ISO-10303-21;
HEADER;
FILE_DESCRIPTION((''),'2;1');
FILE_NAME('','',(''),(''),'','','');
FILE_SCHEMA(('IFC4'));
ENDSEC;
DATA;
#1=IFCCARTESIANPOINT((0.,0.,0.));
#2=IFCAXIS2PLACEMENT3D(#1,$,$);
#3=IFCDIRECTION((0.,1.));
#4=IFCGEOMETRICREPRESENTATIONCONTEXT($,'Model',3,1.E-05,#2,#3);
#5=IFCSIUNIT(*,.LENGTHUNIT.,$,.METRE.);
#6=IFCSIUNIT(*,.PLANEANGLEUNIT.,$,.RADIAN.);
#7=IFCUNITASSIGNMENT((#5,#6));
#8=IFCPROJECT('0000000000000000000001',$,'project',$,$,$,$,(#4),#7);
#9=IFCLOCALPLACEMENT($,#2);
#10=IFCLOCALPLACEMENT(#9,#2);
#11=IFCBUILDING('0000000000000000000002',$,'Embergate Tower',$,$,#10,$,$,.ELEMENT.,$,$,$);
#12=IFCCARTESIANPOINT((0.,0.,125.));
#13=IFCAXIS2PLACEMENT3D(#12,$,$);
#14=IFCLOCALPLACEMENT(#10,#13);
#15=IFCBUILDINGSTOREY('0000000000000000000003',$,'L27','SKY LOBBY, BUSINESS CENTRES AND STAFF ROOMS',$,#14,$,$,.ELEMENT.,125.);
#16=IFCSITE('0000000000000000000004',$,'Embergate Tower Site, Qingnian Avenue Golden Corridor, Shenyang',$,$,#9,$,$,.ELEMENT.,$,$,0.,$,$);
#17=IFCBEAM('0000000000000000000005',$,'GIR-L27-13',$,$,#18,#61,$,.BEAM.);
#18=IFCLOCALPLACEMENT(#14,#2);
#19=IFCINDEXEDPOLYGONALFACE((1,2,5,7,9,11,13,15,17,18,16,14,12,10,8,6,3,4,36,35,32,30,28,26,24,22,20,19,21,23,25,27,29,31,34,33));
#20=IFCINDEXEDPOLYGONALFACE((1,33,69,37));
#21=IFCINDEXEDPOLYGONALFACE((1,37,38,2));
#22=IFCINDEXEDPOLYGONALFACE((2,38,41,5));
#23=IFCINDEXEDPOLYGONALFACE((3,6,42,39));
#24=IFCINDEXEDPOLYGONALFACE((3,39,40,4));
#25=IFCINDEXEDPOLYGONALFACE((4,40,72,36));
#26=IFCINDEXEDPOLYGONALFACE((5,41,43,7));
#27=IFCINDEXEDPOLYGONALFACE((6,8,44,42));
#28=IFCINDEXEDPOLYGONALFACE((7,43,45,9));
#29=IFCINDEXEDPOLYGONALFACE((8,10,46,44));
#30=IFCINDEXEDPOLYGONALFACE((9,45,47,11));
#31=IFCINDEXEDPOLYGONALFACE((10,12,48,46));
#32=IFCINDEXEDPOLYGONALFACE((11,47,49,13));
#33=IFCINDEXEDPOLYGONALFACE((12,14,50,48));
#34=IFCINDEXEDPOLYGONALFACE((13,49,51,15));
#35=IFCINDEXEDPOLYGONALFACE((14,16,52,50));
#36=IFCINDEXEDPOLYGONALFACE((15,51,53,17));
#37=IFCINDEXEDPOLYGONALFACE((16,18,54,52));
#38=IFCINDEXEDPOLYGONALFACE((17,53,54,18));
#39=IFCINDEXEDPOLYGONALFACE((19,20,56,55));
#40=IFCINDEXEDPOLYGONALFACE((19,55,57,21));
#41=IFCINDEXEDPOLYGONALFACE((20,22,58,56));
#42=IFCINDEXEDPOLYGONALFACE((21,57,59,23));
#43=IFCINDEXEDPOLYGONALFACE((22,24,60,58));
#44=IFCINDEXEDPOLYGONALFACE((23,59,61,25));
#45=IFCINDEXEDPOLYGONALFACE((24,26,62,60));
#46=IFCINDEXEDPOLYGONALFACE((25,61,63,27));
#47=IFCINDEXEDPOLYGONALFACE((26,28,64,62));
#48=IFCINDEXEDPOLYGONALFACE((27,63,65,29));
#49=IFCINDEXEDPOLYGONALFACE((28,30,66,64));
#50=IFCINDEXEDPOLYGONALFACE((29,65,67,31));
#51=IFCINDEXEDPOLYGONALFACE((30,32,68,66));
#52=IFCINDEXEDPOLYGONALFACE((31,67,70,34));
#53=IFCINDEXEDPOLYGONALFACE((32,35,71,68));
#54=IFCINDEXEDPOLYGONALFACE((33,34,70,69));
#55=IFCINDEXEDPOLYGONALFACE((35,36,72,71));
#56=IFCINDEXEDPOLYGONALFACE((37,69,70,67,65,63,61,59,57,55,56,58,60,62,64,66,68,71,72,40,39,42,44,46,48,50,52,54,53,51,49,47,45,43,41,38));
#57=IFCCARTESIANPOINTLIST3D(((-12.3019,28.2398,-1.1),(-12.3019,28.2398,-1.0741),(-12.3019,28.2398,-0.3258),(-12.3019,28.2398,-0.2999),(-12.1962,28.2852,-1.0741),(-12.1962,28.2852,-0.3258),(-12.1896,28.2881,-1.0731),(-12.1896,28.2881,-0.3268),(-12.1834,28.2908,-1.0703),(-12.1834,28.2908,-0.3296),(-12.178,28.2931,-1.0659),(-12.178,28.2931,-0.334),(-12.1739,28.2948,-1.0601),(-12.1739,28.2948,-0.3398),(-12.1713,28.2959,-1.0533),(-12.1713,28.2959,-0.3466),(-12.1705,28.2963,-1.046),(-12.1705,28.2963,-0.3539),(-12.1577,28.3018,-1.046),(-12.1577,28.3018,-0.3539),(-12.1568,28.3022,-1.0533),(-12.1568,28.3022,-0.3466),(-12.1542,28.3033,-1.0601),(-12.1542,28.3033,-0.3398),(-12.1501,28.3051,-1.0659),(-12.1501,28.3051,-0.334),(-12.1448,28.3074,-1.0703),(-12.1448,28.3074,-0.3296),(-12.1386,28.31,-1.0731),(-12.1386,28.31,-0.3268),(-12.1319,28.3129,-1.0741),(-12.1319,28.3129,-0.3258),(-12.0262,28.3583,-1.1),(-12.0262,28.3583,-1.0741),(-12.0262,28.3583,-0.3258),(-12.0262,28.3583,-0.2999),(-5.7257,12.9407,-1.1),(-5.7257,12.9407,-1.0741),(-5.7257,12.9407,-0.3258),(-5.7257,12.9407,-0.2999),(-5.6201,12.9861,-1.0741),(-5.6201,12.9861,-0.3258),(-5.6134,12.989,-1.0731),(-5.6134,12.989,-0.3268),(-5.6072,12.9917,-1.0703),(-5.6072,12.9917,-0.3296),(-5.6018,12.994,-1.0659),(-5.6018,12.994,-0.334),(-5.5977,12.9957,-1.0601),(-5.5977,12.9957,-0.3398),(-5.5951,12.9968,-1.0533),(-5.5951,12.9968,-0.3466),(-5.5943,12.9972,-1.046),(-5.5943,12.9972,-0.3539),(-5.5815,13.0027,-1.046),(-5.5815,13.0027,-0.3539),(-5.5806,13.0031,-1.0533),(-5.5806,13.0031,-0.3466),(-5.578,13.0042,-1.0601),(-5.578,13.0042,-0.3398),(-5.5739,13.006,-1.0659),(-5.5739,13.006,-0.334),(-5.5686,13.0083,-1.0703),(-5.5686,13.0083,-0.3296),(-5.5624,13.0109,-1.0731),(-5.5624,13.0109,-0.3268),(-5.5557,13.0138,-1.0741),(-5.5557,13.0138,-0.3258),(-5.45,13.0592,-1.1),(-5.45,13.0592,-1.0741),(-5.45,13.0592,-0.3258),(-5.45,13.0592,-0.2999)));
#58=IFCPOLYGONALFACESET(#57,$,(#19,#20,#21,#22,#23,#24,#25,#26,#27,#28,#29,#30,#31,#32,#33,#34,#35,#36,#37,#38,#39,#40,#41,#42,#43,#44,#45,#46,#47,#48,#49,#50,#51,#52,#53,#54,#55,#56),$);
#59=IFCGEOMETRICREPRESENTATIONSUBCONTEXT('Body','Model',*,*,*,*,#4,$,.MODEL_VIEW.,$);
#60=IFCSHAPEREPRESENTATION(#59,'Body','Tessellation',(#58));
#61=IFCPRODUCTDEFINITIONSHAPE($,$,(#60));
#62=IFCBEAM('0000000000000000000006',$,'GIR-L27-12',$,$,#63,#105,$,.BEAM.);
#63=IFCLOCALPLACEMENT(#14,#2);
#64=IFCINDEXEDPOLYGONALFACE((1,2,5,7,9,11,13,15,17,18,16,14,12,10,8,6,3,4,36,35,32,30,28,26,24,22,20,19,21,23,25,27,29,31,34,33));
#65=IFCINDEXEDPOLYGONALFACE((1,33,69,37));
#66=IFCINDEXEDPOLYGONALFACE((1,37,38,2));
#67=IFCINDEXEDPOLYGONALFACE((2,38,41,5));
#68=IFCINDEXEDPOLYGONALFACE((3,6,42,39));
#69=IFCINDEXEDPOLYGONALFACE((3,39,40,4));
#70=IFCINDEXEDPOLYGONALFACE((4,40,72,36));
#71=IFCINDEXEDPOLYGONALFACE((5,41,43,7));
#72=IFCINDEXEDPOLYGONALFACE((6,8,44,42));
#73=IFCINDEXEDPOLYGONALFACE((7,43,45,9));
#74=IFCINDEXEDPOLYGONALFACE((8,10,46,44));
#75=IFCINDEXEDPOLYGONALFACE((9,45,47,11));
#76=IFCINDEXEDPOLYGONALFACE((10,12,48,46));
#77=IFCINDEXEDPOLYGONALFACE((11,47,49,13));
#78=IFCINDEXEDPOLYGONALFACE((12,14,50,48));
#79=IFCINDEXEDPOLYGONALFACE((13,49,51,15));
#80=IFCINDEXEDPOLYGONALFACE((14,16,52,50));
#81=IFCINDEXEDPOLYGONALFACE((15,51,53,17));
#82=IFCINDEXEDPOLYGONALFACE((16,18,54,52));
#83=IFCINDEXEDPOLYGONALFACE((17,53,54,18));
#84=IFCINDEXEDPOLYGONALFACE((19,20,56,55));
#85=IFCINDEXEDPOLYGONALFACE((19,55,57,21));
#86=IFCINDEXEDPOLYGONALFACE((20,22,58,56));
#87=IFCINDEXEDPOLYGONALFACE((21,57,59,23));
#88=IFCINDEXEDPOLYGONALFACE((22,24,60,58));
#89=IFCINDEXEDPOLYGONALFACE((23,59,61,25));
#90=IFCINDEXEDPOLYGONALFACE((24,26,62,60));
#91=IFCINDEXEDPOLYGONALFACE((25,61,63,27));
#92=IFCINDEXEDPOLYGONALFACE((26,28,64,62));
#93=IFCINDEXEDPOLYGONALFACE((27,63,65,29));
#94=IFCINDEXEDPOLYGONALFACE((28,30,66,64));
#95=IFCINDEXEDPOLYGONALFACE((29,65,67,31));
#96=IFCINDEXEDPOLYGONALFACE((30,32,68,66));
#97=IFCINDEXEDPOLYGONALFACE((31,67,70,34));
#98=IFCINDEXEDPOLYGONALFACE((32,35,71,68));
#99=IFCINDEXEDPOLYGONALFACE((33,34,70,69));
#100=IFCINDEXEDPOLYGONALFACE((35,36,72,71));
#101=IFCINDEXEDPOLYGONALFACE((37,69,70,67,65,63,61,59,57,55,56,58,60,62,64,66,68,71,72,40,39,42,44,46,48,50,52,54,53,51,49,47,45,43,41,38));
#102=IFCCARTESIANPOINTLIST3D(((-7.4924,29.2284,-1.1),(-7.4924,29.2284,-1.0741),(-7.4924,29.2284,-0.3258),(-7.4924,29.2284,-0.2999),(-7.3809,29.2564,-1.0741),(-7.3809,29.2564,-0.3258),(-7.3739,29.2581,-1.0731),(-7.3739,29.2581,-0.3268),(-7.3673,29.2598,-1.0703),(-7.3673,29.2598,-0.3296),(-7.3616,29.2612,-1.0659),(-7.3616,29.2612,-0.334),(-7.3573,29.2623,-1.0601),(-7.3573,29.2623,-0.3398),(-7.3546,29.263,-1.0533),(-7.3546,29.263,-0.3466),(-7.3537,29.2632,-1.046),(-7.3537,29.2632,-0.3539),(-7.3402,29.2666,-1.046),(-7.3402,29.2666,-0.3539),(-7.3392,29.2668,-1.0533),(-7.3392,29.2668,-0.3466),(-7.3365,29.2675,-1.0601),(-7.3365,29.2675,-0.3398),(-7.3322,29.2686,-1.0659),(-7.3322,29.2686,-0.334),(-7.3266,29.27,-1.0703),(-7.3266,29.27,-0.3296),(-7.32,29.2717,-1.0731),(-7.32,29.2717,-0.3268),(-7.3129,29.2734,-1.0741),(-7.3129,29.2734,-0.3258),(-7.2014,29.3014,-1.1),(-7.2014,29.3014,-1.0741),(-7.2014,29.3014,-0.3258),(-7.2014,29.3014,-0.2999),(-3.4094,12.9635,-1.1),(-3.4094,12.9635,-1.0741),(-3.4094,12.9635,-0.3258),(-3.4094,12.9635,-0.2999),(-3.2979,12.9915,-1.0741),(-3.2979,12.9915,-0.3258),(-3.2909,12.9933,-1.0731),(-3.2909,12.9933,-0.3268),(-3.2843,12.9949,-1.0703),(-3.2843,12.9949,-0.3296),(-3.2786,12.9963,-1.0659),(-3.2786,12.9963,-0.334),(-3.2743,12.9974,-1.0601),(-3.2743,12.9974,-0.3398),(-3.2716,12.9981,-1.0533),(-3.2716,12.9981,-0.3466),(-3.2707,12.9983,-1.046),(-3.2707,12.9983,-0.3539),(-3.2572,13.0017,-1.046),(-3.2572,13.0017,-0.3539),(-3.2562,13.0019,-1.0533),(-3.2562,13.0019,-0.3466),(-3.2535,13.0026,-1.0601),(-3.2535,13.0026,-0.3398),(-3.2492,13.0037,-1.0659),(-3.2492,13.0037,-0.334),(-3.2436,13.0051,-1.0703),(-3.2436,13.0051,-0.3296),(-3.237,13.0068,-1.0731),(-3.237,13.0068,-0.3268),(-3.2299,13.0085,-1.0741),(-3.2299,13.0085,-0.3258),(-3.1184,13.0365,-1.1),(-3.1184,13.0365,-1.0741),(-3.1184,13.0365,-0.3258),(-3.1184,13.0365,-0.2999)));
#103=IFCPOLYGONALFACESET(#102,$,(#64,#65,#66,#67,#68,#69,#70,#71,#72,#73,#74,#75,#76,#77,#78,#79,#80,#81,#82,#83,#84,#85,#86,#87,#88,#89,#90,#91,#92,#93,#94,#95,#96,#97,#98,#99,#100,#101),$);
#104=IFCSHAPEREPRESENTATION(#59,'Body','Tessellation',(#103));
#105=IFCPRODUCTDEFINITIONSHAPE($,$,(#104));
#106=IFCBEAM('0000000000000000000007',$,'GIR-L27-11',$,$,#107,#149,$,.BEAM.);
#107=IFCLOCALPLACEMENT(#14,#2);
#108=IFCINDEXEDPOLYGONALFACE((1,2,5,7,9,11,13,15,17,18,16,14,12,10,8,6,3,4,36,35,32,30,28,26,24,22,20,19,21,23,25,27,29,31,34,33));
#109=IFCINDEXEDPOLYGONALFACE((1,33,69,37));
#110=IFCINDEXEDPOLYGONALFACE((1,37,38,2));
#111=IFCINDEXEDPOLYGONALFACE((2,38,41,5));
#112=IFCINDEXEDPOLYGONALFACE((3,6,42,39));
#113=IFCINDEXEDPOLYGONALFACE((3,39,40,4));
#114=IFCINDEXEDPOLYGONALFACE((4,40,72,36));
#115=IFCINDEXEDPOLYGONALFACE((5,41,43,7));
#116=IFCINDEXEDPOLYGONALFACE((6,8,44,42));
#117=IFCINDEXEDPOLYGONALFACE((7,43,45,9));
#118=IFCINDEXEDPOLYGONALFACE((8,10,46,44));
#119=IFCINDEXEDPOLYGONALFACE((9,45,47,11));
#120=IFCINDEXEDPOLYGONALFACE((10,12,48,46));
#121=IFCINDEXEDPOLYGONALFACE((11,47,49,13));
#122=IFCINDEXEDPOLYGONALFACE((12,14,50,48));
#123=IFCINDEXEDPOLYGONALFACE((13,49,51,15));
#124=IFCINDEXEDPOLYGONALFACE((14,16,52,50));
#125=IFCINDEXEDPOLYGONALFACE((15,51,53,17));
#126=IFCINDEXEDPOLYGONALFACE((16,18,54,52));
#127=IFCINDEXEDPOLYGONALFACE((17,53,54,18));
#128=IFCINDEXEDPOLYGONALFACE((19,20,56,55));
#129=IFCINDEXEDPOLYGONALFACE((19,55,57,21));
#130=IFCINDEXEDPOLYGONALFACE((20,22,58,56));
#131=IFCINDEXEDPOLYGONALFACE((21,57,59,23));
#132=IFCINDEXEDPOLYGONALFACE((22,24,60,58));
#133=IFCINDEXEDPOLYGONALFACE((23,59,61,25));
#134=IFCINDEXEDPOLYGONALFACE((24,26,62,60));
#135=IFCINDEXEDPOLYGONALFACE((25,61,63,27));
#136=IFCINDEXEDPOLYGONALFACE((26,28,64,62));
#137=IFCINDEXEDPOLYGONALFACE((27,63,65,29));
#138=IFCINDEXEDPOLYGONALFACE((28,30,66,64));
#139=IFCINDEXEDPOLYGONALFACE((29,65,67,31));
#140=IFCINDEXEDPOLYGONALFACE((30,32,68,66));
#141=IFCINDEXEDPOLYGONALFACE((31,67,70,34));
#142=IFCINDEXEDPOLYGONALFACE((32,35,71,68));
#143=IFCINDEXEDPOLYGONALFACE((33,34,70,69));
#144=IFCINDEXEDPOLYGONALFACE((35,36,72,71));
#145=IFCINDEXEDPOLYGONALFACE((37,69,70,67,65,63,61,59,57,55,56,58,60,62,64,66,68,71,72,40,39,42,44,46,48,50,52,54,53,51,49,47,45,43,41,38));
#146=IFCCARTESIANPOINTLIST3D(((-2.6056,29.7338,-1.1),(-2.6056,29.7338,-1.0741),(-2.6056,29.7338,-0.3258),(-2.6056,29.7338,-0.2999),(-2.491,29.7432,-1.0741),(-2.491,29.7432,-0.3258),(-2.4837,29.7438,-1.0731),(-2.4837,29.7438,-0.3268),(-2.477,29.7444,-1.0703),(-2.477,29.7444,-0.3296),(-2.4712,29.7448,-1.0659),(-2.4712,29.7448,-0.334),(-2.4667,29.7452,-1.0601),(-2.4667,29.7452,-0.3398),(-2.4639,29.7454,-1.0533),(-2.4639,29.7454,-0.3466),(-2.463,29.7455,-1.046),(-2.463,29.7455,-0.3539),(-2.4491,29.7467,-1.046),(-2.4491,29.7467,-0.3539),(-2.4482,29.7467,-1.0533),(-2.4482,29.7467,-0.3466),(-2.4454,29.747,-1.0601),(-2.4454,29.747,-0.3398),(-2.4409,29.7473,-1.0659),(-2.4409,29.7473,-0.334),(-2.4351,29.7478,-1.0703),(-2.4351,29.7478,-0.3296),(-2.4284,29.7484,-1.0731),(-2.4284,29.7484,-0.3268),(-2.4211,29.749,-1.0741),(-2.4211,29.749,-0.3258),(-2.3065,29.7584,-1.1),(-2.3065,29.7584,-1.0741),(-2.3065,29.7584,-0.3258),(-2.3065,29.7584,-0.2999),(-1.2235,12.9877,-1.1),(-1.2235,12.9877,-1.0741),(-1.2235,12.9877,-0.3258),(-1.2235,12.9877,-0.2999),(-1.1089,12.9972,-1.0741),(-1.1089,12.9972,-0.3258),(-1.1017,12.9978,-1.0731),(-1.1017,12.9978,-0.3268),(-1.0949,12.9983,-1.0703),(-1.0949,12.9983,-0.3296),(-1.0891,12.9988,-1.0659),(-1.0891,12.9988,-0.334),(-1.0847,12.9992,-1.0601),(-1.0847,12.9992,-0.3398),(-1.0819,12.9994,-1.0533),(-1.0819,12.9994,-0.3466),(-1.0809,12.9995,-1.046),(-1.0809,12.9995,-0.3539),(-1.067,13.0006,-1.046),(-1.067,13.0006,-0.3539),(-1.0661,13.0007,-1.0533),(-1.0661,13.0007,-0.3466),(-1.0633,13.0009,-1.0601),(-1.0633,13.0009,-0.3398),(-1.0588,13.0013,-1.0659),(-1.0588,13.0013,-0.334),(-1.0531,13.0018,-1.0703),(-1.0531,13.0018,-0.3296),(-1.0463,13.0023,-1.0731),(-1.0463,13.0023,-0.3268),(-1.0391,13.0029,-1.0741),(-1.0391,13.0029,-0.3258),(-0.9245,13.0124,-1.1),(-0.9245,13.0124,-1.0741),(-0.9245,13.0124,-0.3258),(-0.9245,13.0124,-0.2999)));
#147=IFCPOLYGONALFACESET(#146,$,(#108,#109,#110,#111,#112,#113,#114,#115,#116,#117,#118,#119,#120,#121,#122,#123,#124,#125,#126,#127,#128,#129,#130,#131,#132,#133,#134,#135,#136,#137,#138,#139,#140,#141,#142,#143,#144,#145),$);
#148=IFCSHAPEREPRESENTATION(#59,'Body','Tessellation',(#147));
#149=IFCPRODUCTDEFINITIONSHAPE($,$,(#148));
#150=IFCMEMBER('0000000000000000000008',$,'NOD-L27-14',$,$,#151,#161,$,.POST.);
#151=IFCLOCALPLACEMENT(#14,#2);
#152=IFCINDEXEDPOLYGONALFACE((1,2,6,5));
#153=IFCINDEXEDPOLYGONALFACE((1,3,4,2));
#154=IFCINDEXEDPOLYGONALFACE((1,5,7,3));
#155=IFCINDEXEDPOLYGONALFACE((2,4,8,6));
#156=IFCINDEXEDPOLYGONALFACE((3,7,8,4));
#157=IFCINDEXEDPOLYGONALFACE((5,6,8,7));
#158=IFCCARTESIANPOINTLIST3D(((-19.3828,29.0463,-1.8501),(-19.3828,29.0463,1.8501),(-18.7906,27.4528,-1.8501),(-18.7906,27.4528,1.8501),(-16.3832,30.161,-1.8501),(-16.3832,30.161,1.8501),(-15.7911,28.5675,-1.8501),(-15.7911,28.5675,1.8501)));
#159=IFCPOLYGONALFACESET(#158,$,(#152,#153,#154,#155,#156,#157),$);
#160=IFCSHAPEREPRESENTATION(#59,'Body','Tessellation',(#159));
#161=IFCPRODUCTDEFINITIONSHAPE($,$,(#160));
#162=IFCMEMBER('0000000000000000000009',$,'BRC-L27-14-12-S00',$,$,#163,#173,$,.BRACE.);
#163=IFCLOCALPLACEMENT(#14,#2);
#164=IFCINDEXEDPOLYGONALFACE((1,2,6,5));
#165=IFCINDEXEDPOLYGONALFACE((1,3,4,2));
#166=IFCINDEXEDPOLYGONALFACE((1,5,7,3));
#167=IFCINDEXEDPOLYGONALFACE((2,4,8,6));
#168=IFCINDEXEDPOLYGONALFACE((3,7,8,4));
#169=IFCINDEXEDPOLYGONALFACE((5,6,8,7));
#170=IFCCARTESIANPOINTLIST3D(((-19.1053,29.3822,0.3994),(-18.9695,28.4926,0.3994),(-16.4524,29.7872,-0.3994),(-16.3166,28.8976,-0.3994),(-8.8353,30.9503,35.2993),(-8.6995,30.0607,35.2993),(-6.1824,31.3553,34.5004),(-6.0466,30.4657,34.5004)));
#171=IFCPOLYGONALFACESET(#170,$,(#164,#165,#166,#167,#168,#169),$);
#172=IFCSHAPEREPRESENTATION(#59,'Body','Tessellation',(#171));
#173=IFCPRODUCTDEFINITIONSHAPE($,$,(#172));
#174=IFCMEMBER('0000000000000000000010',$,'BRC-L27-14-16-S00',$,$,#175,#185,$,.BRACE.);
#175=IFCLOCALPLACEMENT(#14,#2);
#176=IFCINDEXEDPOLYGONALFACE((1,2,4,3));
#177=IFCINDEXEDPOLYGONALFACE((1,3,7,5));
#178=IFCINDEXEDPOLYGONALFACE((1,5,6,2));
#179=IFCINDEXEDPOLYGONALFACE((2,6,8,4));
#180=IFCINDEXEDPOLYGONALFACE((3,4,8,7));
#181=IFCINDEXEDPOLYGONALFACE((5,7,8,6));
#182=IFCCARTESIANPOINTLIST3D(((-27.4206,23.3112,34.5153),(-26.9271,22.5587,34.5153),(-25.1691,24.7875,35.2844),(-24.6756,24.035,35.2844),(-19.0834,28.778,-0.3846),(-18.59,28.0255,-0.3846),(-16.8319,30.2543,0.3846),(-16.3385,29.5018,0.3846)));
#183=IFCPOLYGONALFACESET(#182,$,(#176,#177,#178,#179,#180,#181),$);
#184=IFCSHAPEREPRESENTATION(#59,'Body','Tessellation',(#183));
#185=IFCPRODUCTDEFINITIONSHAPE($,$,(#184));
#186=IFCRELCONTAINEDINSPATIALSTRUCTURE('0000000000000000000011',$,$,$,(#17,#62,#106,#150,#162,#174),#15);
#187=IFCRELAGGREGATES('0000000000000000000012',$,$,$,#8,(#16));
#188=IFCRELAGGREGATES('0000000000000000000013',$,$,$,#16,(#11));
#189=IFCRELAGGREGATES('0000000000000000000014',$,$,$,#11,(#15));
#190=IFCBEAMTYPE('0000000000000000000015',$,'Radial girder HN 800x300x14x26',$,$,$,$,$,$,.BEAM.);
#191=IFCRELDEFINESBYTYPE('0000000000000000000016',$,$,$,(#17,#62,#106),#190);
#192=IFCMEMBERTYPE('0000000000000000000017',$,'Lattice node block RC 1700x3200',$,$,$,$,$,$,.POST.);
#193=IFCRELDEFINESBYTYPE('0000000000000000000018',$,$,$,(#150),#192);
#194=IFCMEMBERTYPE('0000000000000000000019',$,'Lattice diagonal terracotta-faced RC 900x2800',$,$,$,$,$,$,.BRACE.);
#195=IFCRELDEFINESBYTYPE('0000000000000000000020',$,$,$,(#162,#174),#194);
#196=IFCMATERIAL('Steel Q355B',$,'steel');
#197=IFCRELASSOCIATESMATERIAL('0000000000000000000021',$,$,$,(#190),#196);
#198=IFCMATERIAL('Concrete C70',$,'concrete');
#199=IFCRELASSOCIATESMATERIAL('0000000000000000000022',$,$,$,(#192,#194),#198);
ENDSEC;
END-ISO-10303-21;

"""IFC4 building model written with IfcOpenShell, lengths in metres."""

from ifc_helpers import new_model, si_unit, direction, frame, origin, origin_2d, place, context, subcontext, project, spatial, rectangle, i_section, extrude, source, transform, mapped, material, material_profile, profile_set, type_object, element, save


model = new_model("IFC4")

# Units and contexts
model_context = context("Model", 3, precision=1e-05, world=origin(), true_north=direction((0.0, 1.0)))
body_context = subcontext(model_context, "Body", "Model", "MODEL_VIEW")
ifc_project = project(units=[si_unit("LENGTHUNIT", "METRE"), si_unit("PLANEANGLEUNIT", "RADIAN")], contexts=[model_context])

# Site, building, storey
site_placement = place(None, origin())
site = spatial("IfcSite", under=ifc_project, at=site_placement, Name="Embergate Tower Site, Qingnian Avenue Golden Corridor, Shenyang", CompositionType="ELEMENT", RefElevation=0.0)
building_placement = place(site_placement, origin())
building = spatial("IfcBuilding", under=site, at=building_placement, Name="Embergate Tower", CompositionType="ELEMENT")
storey_placement = place(building_placement, frame((0.0, 0.0, 125.0)))
storey = spatial("IfcBuildingStorey", under=building, at=storey_placement, Name="L27", Description="SKY LOBBY, BUSINESS CENTRES AND STAFF ROOMS", CompositionType="ELEMENT", Elevation=125.0)

# Shared definitions
ifc_material_1 = material(Name="Concrete C70", Category="concrete")

# Beams
ifc_material_2 = material(Name="Steel Q355B", Category="steel")
ifc_material_profile_1 = material_profile(ifc_material_2, i_section(OverallWidth=0.3, OverallDepth=0.8, WebThickness=0.0139, FlangeThickness=0.0259, FilletRadius=0.0281, at=origin_2d()), Name="HN 800x300x14x26")
ifc_profile_set_1 = profile_set([ifc_material_profile_1], Name="Steel Q355 grade B")
beam_type_1 = type_object("IfcBeamType", Name="Radial girder HN 800x300x14x26", PredefinedType="BEAM", material=ifc_profile_set_1)
shared_shape_1 = source(origin(), body_context, "Body", "SweptSolid", [
    extrude(i_section(OverallWidth=0.3, OverallDepth=0.8, WebThickness=0.0139, FlangeThickness=0.0259, FilletRadius=0.0281, at=origin_2d()), origin(), (0.0, 0.0, 1.0), 16.6526),
])
beam_1_placement = place(storey_placement, frame((-12.1641, 28.2991, -0.7), z_axis=(0.394905, -0.918722, 0.0), x_axis=(0.918722, 0.394905, 0.0)))
element("IfcBeam", 1, at=beam_1_placement, inside=storey, type_object=beam_type_1, Name="GIR-L27-13", PredefinedType="BEAM", context=body_context, shape_type="MappedRepresentation", body=[
    mapped(shared_shape_1, transform((0.0, 0.0, 0.0))),
])
shared_shape_2 = source(origin(), body_context, "Body", "SweptSolid", [
    extrude(i_section(OverallWidth=0.3, OverallDepth=0.8, WebThickness=0.0139, FlangeThickness=0.0259, FilletRadius=0.0281, at=origin_2d()), origin(), (0.0, 0.0, 1.0), 16.7695),
])
beam_2_placement = place(storey_placement, frame((-7.3469, 29.2649, -0.7), z_axis=(0.243478, -0.969907, 0.0), x_axis=(0.969907, 0.243478, 0.0)))
element("IfcBeam", 2, at=beam_2_placement, inside=storey, type_object=beam_type_1, Name="GIR-L27-12", PredefinedType="BEAM", context=body_context, shape_type="MappedRepresentation", body=[
    mapped(shared_shape_2, transform((0.0, 0.0, 0.0))),
])
shared_shape_3 = source(origin(), body_context, "Body", "SweptSolid", [
    extrude(i_section(OverallWidth=0.3, OverallDepth=0.8, WebThickness=0.0139, FlangeThickness=0.0259, FilletRadius=0.0281, at=origin_2d()), origin(), (0.0, 0.0, 1.0), 16.803),
])
beam_3_placement = place(storey_placement, frame((-2.4561, 29.7461, -0.7), z_axis=(0.082252, -0.996612, 0.0), x_axis=(0.996612, 0.082252, 0.0)))
element("IfcBeam", 3, at=beam_3_placement, inside=storey, type_object=beam_type_1, Name="GIR-L27-11", PredefinedType="BEAM", context=body_context, shape_type="MappedRepresentation", body=[
    mapped(shared_shape_3, transform((0.0, 0.0, 0.0))),
])

# Members
ifc_material_profile_2 = material_profile(ifc_material_1, rectangle(XDim=1.7, YDim=3.2, at=origin_2d()), Name="RC 1700x3200")
ifc_profile_set_2 = profile_set([ifc_material_profile_2], Name="Concrete C70")
member_type_1 = type_object("IfcMemberType", Name="Lattice node block RC 1700x3200", PredefinedType="POST", material=ifc_profile_set_2)
shared_shape_4 = source(origin(), body_context, "Body", "SweptSolid", [
    extrude(rectangle(XDim=1.7, YDim=3.2, at=origin_2d()), origin(), (0.0, 0.0, 1.0), 3.7002),
])
member_1_placement = place(storey_placement, frame((-17.5869, 28.8069, -1.8501), z_axis=(0.0, 0.0, 1.0), x_axis=(-0.348343, 0.937367, 0.0)))
element("IfcMember", 4, at=member_1_placement, inside=storey, type_object=member_type_1, Name="NOD-L27-14", PredefinedType="POST", context=body_context, shape_type="MappedRepresentation", body=[
    mapped(shared_shape_4, transform((0.0, 0.0, 0.0))),
])
ifc_material_profile_3 = material_profile(ifc_material_1, rectangle(XDim=0.8999, YDim=2.8, at=origin_2d()), Name="RC 900x2800")
ifc_profile_set_3 = profile_set([ifc_material_profile_3], Name="Concrete C70")
member_type_2 = type_object("IfcMemberType", Name="Lattice diagonal terracotta-faced RC 900x2800", PredefinedType="BRACE", material=ifc_profile_set_3)
shared_shape_5 = source(origin(), body_context, "Body", "SweptSolid", [
    extrude(rectangle(XDim=0.8999, YDim=2.8, at=origin_2d()), origin(), (0.0, 0.0, 1.0), 36.4133),
])
member_2_placement = place(storey_placement, frame((-17.7109, 29.1399, 0.0), z_axis=(0.28204, 0.043064, 0.958436), x_axis=(-0.150939, 0.988543, 0.0)))
element("IfcMember", 5, at=member_2_placement, inside=storey, type_object=member_type_2, Name="BRC-L27-14-12-S00", PredefinedType="BRACE", context=body_context, shape_type="MappedRepresentation", body=[
    mapped(shared_shape_5, transform((0.0, 0.0, 0.0))),
])
shared_shape_6 = source(origin(), body_context, "Body", "SweptSolid", [
    extrude(rectangle(XDim=0.8999, YDim=2.8, at=origin_2d()), origin(), (0.0, 0.0, 1.0), 36.2959),
])
member_3_placement = place(storey_placement, frame((-17.7109, 29.1399, 0.0), z_axis=(-0.229699, -0.150617, 0.961537), x_axis=(0.548343, -0.836253, 0.0)))
element("IfcMember", 6, at=member_3_placement, inside=storey, type_object=member_type_2, Name="BRC-L27-14-16-S00", PredefinedType="BRACE", context=body_context, shape_type="MappedRepresentation", body=[
    mapped(shared_shape_6, transform((0.0, 0.0, 0.0))),
])

save(model, "model.ifc")
